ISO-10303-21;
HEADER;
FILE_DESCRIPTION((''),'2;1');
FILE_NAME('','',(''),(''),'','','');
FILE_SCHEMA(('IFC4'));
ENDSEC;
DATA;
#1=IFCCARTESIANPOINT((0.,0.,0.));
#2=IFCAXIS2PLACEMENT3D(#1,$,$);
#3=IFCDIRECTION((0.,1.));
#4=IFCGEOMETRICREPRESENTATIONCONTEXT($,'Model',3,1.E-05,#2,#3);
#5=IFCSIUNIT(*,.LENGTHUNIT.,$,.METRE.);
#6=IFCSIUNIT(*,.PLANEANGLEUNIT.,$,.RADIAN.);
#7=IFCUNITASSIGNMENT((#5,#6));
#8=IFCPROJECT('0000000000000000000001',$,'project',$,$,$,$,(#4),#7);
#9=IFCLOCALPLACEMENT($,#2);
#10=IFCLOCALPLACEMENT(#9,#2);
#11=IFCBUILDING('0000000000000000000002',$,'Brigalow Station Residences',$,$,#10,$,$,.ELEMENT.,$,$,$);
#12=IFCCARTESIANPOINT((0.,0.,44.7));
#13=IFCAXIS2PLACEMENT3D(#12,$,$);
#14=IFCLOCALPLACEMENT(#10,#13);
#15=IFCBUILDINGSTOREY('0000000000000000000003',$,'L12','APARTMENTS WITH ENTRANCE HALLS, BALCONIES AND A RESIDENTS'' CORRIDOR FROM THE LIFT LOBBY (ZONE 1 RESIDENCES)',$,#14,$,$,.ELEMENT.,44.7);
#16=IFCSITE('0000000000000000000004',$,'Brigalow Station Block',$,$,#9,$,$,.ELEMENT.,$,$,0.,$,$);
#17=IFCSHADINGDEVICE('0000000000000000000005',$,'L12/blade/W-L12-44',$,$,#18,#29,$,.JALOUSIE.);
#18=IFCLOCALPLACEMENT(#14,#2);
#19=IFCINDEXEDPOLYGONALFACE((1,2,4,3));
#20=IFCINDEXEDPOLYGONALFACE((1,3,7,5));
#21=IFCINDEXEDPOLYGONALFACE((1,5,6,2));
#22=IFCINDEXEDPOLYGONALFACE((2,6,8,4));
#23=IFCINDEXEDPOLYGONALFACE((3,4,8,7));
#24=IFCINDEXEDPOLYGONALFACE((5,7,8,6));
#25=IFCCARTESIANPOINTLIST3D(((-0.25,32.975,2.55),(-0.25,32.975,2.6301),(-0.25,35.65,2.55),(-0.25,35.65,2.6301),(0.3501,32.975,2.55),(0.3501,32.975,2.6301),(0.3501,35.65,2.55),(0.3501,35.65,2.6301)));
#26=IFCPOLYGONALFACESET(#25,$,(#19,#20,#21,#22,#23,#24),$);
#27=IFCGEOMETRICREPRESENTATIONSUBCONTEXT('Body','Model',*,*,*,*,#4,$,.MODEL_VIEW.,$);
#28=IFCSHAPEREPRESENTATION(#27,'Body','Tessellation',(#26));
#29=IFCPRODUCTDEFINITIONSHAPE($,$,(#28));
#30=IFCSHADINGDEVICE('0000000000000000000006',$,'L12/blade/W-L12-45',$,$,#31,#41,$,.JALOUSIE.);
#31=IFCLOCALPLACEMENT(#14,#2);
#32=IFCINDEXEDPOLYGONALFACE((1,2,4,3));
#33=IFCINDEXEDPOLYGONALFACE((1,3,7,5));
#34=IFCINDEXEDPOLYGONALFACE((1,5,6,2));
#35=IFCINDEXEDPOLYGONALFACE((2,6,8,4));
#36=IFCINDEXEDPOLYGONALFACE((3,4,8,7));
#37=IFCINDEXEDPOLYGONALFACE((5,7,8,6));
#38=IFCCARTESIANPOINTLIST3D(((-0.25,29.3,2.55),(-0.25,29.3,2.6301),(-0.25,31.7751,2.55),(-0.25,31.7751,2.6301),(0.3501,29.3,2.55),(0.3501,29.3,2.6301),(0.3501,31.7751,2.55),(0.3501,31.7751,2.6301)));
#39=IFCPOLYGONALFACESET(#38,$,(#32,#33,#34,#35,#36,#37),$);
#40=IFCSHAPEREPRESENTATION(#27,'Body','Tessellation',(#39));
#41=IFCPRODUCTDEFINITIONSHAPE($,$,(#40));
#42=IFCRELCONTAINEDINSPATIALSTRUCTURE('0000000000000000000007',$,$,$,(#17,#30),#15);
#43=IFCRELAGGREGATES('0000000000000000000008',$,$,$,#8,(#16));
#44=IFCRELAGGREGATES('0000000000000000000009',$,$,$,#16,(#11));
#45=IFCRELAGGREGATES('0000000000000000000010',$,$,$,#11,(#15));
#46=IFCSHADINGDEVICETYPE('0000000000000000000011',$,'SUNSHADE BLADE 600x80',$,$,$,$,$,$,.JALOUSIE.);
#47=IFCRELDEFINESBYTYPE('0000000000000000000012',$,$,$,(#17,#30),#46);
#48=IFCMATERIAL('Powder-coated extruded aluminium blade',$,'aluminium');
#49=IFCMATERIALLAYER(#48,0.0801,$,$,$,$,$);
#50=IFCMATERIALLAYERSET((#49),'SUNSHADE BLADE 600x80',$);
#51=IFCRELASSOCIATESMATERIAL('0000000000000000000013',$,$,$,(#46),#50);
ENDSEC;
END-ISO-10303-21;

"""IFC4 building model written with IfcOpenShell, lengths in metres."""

from ifc_helpers import new_model, si_unit, direction, frame, origin, origin_2d, place, context, subcontext, project, spatial, rectangle, extrude, material, layer, layer_set, type_object, element, save


model = new_model("IFC4")

# Units and contexts
model_context = context("Model", 3, precision=1e-05, world=origin(), true_north=direction((0.0, 1.0)))
body_context = subcontext(model_context, "Body", "Model", "MODEL_VIEW")
ifc_project = project(units=[si_unit("LENGTHUNIT", "METRE"), si_unit("PLANEANGLEUNIT", "RADIAN")], contexts=[model_context])

# Site, building, storey
site_placement = place(None, origin())
site = spatial("IfcSite", under=ifc_project, at=site_placement, Name="Brigalow Station Block", CompositionType="ELEMENT", RefElevation=0.0)
building_placement = place(site_placement, origin())
building = spatial("IfcBuilding", under=site, at=building_placement, Name="Brigalow Station Residences", CompositionType="ELEMENT")
storey_placement = place(building_placement, frame((0.0, 0.0, 44.7)))
storey = spatial("IfcBuildingStorey", under=building, at=storey_placement, Name="L12", Description="APARTMENTS WITH ENTRANCE HALLS, BALCONIES AND A RESIDENTS' CORRIDOR FROM THE LIFT LOBBY (ZONE 1 RESIDENCES)", CompositionType="ELEMENT", Elevation=44.7)

# Shading devices
ifc_material_1 = material(Name="Powder-coated extruded aluminium blade", Category="aluminium")
ifc_layer_1 = layer(ifc_material_1, 0.0801)
ifc_layer_set_1 = layer_set([ifc_layer_1], Name="SUNSHADE BLADE 600x80")
shading_device_type = type_object("IfcShadingDeviceType", Name="SUNSHADE BLADE 600x80", PredefinedType="JALOUSIE", material=ifc_layer_set_1)
shading_device_1_placement = place(storey_placement, frame((0.05, 34.3125, 2.55), z_axis=(0.0, 0.0, 1.0), x_axis=(0.0, -1.0, 0.0)))
element("IfcShadingDevice", 1, at=shading_device_1_placement, inside=storey, type_object=shading_device_type, Name="L12/blade/W-L12-44", PredefinedType="JALOUSIE", context=body_context, shape_type="SweptSolid", body=[
    extrude(rectangle(XDim=2.675, YDim=0.6001, at=origin_2d()), origin(), (0.0, 0.0, 1.0), 0.0801),
])
shading_device_2_placement = place(storey_placement, frame((0.05, 30.5376, 2.55), z_axis=(0.0, 0.0, 1.0), x_axis=(0.0, -1.0, 0.0)))
element("IfcShadingDevice", 2, at=shading_device_2_placement, inside=storey, type_object=shading_device_type, Name="L12/blade/W-L12-45", PredefinedType="JALOUSIE", context=body_context, shape_type="SweptSolid", body=[
    extrude(rectangle(XDim=2.4751, YDim=0.6001, at=origin_2d()), origin(), (0.0, 0.0, 1.0), 0.0801),
])

save(model, "model.ifc")
